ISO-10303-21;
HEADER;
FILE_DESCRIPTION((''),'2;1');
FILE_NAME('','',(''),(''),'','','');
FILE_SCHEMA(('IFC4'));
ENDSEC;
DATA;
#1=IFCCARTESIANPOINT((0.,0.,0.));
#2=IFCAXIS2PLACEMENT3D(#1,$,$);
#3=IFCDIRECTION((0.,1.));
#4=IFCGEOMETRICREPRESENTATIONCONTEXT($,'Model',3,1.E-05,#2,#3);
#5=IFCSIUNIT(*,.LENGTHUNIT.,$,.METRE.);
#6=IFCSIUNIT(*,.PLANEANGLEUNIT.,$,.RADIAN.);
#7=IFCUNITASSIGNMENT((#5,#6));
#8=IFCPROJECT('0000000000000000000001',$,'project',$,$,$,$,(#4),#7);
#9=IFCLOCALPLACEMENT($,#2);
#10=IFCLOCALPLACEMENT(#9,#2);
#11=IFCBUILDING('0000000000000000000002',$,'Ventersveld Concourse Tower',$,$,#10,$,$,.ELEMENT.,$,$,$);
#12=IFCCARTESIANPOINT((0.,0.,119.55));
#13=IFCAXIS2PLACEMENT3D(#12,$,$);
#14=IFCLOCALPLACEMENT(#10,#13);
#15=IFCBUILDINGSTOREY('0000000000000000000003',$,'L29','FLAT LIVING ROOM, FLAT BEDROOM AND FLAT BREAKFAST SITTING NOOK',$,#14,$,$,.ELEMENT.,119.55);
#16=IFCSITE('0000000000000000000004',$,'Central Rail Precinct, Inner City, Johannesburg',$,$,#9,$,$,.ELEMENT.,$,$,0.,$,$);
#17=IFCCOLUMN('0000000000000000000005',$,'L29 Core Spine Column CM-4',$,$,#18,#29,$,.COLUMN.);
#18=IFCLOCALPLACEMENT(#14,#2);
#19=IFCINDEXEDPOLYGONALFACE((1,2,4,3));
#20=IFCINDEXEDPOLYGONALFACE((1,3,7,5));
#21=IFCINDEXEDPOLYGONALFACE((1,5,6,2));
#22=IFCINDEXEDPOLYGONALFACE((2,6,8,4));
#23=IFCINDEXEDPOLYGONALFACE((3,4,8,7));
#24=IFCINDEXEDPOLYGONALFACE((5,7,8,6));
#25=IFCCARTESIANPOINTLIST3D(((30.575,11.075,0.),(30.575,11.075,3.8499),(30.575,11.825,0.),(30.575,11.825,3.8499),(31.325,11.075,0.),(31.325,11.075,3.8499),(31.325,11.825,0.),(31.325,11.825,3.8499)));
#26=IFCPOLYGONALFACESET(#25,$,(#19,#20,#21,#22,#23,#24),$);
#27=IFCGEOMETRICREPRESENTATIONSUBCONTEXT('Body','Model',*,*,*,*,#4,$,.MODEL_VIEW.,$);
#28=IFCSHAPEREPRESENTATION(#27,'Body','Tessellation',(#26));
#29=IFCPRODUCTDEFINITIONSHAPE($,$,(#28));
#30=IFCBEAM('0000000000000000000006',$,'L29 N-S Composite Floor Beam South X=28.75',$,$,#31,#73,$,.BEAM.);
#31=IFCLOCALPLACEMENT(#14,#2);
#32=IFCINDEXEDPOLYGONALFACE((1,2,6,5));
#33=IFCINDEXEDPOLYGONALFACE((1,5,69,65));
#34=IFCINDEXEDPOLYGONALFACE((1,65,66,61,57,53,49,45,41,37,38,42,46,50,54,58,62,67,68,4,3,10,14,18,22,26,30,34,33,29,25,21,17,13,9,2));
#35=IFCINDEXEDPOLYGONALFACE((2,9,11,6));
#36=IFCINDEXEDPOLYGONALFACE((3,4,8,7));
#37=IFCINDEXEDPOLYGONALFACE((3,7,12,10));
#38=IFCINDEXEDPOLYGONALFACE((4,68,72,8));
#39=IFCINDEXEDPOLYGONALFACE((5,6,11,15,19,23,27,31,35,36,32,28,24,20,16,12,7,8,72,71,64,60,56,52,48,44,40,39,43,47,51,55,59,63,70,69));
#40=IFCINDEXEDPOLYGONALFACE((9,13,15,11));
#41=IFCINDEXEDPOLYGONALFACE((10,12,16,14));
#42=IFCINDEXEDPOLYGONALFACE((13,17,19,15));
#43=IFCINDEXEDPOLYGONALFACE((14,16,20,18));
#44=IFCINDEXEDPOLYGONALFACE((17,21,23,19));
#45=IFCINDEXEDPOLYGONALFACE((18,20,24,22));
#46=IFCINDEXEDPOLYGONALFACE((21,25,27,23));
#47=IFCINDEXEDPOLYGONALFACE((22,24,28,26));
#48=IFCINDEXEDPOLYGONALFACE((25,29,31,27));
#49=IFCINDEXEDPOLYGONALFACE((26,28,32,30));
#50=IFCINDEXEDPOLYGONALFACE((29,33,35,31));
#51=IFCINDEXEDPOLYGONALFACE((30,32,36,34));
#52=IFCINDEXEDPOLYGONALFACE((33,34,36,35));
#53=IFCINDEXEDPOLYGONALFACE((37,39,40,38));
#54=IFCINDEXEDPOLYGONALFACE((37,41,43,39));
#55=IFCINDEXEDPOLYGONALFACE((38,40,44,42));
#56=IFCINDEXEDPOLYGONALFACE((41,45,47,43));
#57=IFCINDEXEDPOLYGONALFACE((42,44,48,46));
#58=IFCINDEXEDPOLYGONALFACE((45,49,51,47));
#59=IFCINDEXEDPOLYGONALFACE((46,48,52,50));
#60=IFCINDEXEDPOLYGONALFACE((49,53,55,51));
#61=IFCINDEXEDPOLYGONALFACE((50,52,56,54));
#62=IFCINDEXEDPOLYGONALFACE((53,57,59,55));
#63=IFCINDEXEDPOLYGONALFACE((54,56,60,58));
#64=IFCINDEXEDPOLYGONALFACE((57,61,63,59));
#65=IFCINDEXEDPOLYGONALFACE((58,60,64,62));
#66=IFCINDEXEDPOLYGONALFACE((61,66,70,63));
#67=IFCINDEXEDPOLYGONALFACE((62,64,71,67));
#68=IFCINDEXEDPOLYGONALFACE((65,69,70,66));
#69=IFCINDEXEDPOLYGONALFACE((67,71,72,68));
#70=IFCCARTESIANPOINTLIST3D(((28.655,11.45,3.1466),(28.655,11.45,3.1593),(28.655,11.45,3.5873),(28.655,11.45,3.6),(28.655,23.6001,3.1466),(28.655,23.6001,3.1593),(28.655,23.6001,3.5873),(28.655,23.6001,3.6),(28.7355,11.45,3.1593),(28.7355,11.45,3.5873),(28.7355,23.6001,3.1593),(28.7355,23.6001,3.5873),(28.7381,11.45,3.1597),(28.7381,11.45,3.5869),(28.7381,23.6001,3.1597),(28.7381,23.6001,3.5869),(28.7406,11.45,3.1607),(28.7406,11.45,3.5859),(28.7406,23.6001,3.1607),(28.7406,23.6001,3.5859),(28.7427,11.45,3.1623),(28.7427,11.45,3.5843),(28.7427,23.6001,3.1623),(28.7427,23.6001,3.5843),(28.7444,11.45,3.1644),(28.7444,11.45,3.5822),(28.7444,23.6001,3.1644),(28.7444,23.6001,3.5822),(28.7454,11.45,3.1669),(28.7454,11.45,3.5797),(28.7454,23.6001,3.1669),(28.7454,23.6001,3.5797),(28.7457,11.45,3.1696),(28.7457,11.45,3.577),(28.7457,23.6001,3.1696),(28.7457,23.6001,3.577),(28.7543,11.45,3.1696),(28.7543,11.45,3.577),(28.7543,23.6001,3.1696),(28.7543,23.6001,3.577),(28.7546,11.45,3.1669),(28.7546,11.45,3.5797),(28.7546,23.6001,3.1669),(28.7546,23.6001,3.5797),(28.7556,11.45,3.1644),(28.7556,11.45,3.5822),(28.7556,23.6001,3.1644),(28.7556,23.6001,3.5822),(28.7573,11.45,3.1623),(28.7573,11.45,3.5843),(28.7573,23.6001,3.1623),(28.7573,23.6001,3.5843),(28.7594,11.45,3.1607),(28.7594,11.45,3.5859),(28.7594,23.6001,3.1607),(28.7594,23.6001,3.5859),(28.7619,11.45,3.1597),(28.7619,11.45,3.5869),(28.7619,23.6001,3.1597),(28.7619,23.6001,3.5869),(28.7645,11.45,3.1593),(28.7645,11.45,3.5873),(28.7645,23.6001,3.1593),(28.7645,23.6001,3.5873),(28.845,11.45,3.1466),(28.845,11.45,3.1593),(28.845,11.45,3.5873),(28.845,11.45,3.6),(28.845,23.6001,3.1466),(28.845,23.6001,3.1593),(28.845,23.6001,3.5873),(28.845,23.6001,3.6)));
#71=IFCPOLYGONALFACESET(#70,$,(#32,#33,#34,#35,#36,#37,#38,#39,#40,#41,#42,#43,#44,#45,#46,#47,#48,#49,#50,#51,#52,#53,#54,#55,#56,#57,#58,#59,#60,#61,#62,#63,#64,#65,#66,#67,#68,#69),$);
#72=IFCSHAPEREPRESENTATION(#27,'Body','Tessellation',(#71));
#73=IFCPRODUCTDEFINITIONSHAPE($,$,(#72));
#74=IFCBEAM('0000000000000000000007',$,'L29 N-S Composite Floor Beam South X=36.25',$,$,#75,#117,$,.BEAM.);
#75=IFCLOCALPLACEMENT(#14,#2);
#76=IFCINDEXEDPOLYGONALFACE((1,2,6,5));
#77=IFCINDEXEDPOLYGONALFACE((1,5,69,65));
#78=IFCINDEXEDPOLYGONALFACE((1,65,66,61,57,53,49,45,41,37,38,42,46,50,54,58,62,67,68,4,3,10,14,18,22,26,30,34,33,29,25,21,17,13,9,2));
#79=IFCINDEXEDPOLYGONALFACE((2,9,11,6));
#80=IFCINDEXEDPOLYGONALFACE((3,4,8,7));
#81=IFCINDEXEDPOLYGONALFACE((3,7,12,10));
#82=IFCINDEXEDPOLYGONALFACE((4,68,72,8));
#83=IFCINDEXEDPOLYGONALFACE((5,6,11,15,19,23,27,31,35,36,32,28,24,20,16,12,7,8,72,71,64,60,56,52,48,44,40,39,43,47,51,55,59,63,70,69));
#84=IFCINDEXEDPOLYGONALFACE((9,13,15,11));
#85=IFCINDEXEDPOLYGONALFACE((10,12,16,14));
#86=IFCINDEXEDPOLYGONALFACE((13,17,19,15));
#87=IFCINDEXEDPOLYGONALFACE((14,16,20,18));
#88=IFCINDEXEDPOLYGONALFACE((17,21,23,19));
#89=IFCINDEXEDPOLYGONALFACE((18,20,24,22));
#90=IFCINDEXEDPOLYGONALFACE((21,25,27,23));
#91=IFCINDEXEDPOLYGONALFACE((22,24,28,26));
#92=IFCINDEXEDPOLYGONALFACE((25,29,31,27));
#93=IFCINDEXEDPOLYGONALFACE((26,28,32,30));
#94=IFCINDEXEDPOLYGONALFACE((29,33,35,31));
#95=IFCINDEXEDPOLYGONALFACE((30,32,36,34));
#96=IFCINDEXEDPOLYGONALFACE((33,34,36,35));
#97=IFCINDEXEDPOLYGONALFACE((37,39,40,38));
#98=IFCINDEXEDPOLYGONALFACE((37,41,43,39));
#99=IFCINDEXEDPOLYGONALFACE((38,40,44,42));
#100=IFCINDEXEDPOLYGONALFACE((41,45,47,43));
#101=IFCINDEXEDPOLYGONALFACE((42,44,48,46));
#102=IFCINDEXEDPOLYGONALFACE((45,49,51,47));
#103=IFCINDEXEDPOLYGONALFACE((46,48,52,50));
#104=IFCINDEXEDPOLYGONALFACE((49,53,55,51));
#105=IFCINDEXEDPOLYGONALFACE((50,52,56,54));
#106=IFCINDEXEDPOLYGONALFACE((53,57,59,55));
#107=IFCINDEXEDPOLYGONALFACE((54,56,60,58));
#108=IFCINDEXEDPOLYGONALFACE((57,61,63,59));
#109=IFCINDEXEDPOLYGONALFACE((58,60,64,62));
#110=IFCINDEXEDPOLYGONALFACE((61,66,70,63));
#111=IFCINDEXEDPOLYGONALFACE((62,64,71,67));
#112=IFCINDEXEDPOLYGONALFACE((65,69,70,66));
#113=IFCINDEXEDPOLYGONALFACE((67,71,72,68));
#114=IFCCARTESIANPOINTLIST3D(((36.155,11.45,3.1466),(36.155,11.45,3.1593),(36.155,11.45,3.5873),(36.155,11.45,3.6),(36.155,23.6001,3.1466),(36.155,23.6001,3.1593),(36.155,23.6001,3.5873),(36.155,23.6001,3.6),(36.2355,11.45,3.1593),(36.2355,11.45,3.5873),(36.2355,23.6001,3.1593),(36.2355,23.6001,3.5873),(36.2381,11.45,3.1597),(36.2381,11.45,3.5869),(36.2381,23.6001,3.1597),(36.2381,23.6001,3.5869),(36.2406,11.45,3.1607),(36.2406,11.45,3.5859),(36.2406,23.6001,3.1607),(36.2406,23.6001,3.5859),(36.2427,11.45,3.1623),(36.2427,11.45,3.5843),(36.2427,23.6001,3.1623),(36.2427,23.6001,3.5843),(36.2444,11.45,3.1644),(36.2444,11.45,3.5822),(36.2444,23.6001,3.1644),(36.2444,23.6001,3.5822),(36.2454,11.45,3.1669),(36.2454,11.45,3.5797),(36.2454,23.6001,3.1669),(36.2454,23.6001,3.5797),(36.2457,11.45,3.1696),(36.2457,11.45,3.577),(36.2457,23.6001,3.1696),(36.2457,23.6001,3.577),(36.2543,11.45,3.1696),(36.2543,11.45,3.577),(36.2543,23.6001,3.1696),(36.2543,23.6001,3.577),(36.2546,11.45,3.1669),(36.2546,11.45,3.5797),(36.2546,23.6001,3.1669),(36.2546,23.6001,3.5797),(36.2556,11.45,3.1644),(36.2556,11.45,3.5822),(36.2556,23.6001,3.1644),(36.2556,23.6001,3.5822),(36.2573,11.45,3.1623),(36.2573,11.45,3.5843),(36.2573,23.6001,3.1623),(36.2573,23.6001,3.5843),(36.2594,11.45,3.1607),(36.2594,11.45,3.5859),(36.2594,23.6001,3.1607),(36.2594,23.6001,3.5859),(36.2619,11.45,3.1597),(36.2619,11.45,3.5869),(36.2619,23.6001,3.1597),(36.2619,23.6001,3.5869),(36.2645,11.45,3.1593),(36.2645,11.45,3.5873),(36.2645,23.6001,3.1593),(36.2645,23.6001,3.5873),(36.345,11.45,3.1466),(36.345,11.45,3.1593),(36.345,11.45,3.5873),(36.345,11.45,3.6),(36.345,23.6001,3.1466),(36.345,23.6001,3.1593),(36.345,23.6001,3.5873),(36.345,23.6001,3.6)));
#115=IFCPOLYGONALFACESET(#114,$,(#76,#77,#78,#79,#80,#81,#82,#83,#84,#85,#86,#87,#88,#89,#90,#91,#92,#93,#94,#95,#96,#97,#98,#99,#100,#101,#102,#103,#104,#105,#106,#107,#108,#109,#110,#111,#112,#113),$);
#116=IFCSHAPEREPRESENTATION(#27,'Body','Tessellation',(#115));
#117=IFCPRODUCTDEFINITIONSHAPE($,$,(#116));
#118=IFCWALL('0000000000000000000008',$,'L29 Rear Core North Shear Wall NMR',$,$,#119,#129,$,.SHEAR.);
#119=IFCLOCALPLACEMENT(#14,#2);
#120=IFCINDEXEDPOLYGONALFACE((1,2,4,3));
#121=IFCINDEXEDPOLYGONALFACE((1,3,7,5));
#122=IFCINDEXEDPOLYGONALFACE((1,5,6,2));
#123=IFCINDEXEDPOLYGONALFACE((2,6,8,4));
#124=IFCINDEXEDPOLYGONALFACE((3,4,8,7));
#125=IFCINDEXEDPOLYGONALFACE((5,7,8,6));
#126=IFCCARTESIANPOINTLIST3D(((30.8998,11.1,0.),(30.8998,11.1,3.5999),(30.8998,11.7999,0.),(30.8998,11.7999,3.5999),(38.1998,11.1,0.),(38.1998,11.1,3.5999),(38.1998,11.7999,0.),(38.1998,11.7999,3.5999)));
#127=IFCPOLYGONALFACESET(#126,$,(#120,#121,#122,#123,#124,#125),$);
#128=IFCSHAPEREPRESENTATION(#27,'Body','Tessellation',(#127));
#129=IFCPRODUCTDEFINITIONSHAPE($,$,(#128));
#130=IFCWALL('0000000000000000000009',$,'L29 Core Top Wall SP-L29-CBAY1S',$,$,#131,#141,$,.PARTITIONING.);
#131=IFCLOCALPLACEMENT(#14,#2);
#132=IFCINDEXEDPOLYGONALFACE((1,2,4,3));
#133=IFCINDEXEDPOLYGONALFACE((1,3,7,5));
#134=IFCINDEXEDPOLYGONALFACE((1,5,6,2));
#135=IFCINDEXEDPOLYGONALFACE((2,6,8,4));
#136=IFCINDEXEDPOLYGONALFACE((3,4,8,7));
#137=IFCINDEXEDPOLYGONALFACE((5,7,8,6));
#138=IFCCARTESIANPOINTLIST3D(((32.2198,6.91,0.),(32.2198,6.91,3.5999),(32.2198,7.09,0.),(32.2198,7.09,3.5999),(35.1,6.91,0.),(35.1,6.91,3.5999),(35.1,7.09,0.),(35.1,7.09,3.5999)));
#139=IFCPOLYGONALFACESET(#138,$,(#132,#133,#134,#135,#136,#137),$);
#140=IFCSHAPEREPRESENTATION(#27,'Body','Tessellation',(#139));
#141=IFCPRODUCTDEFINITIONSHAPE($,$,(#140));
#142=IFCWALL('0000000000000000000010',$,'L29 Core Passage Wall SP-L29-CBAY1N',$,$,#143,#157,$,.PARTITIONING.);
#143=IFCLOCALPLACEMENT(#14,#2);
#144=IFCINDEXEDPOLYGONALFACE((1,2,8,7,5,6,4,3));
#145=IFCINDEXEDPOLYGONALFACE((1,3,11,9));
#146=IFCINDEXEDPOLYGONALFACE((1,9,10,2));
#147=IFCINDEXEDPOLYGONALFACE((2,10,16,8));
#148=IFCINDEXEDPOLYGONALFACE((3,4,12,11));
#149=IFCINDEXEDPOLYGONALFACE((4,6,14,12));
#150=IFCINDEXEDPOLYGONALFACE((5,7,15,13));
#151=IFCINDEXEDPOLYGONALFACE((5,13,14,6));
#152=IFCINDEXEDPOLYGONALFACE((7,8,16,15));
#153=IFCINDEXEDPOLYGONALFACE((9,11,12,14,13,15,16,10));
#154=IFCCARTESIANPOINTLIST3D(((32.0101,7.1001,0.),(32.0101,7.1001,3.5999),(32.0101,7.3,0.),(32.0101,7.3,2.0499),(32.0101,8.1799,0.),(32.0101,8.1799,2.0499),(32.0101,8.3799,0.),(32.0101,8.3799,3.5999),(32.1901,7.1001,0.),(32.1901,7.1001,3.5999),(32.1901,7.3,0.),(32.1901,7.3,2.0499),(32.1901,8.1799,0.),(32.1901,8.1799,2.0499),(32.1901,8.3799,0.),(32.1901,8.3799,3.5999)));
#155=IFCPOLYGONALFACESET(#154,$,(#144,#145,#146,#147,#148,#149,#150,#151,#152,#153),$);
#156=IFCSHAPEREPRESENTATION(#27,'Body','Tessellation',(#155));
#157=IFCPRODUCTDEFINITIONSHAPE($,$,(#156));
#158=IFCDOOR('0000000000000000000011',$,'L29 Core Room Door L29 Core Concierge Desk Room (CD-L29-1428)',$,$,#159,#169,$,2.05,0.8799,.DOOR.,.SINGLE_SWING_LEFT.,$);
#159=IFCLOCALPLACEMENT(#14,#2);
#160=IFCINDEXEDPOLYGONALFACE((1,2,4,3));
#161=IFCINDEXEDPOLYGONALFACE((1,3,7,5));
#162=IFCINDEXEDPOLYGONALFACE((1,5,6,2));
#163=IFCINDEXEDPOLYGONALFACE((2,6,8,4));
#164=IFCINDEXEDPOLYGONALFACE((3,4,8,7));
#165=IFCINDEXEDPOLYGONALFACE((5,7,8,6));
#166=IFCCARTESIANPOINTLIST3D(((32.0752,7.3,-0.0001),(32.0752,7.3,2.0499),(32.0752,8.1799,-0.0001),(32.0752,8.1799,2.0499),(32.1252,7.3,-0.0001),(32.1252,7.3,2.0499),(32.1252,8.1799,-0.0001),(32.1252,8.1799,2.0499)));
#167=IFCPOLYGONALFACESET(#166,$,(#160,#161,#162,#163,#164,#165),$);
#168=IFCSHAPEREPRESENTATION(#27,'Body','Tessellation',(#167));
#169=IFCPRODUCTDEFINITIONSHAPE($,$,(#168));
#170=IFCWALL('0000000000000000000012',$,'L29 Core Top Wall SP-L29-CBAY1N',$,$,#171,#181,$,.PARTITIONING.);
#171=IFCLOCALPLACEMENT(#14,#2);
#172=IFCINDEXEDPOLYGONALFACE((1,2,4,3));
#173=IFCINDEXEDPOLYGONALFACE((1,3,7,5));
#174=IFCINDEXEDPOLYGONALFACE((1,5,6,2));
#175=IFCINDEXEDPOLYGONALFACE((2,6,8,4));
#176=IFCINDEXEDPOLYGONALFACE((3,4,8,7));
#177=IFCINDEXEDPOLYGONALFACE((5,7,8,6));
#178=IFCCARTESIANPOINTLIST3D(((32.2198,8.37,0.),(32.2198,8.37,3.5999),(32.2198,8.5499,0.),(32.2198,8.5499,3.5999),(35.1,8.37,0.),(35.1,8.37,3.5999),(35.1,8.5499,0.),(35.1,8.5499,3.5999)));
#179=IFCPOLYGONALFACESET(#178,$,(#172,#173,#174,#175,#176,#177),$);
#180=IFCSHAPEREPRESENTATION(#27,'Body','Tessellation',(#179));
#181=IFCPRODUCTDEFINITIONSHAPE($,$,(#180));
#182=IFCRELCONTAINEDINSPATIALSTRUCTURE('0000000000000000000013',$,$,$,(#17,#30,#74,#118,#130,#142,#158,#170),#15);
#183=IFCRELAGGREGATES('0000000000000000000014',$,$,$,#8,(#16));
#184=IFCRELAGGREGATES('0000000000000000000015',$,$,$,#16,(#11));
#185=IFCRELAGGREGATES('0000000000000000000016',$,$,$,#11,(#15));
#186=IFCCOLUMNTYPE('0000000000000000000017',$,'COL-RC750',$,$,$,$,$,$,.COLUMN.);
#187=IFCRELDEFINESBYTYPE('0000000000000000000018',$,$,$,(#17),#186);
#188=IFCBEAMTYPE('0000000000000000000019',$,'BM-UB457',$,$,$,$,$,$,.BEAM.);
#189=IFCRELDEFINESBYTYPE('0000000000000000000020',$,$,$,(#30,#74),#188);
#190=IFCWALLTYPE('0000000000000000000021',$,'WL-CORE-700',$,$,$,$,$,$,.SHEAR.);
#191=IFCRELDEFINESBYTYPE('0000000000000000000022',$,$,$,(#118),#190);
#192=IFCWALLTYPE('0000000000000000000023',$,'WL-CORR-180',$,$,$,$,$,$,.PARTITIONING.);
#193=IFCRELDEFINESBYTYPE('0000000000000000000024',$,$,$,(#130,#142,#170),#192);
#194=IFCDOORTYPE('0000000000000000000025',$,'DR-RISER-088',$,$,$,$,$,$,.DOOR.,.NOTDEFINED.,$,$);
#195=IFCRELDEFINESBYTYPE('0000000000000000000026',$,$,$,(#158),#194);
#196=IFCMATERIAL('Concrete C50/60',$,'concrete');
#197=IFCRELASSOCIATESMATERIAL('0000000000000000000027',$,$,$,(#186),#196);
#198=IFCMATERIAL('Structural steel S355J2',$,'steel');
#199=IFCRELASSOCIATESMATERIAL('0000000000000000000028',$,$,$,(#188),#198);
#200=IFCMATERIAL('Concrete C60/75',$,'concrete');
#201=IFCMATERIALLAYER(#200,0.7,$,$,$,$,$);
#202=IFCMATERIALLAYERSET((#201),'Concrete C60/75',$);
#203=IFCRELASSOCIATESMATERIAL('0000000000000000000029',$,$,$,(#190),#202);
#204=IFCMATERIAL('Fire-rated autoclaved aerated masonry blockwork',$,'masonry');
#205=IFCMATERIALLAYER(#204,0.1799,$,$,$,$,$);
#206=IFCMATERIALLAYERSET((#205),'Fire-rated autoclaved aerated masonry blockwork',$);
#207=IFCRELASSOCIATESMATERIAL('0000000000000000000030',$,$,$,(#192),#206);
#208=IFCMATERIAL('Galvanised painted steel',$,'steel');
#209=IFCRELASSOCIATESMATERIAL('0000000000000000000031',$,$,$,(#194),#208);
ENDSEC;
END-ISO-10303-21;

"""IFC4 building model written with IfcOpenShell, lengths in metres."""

from ifc_helpers import new_model, si_unit, direction, frame, frame_2d, origin, origin_2d, place, context, subcontext, project, spatial, rectangle, i_section, extrude, material, layer, layer_set, material_profile, profile_set, type_object, element, fill, save


model = new_model("IFC4")

# Units and contexts
model_context = context("Model", 3, precision=1e-05, world=origin(), true_north=direction((0.0, 1.0)))
body_context = subcontext(model_context, "Body", "Model", "MODEL_VIEW")
ifc_project = project(units=[si_unit("LENGTHUNIT", "METRE"), si_unit("PLANEANGLEUNIT", "RADIAN")], contexts=[model_context])

# Site, building, storey
site_placement = place(None, origin())
site = spatial("IfcSite", under=ifc_project, at=site_placement, Name="Central Rail Precinct, Inner City, Johannesburg", CompositionType="ELEMENT", RefElevation=0.0)
building_placement = place(site_placement, origin())
building = spatial("IfcBuilding", under=site, at=building_placement, Name="Ventersveld Concourse Tower", CompositionType="ELEMENT")
storey_placement = place(building_placement, frame((0.0, 0.0, 119.55)))
storey = spatial("IfcBuildingStorey", under=building, at=storey_placement, Name="L29", Description="FLAT LIVING ROOM, FLAT BEDROOM AND FLAT BREAKFAST SITTING NOOK", CompositionType="ELEMENT", Elevation=119.55)

# Column
ifc_material_1 = material(Name="Concrete C50/60", Category="concrete")
ifc_material_profile_1 = material_profile(ifc_material_1, rectangle(XDim=0.75, YDim=0.75, at=origin_2d()), Name="RC 750x750")
ifc_profile_set_1 = profile_set([ifc_material_profile_1], Name="Concrete C50/60")
column_type = type_object("IfcColumnType", Name="COL-RC750", PredefinedType="COLUMN", material=ifc_profile_set_1)
column_placement = place(storey_placement, frame((30.95, 11.45, 0.0), z_axis=(0.0, 0.0, 1.0), x_axis=(1.0, 0.0, 0.0)))
element("IfcColumn", 1, at=column_placement, inside=storey, type_object=column_type, Name="L29 Core Spine Column CM-4", PredefinedType="COLUMN", context=body_context, shape_type="SweptSolid", body=[
    extrude(rectangle(XDim=0.75, YDim=0.75, at=origin_2d()), origin(), (0.0, 0.0, 1.0), 3.8499),
])

# Beams
ifc_material_2 = material(Name="Structural steel S355J2", Category="steel")
ifc_material_profile_2 = material_profile(ifc_material_2, i_section(OverallWidth=0.1899, OverallDepth=0.4534, WebThickness=0.0085, FlangeThickness=0.0127, FilletRadius=0.0103, at=origin_2d()), Name="UB 457x191x67")
ifc_profile_set_2 = profile_set([ifc_material_profile_2], Name="Structural steel S355J2")
beam_type = type_object("IfcBeamType", Name="BM-UB457", PredefinedType="BEAM", material=ifc_profile_set_2)
for number, where, z_axis, x_axis, name in (
    (2, (28.75, 11.45, 3.3733), (0.0, 1.0, 0.0), (-1.0, 0.0, 0.0), "L29 N-S Composite Floor Beam South X=28.75"),
    (3, (36.25, 11.45, 3.3733), (0.0, 1.0, 0.0), (-1.0, 0.0, 0.0), "L29 N-S Composite Floor Beam South X=36.25"),
):
    element("IfcBeam", number, at=place(storey_placement, frame(where, z_axis=z_axis, x_axis=x_axis)), inside=storey, type_object=beam_type, Name=name, PredefinedType="BEAM", context=body_context, shape_type="SweptSolid", body=[
        extrude(i_section(OverallWidth=0.1899, OverallDepth=0.4534, WebThickness=0.0085, FlangeThickness=0.0127, FilletRadius=0.0103, at=origin_2d()), origin(), (0.0, 0.0, 1.0), 12.1501),
    ])

# Walls
ifc_material_3 = material(Name="Concrete C60/75", Category="concrete")
ifc_layer_1 = layer(ifc_material_3, 0.7)
ifc_layer_set_1 = layer_set([ifc_layer_1], Name="Concrete C60/75")
wall_type_1 = type_object("IfcWallType", Name="WL-CORE-700", PredefinedType="SHEAR", material=ifc_layer_set_1)
wall_1_placement = place(storey_placement, frame((30.8999, 11.45, 0.0), z_axis=(0.0, 0.0, 1.0), x_axis=(1.0, 0.0, 0.0)))
element("IfcWall", 4, at=wall_1_placement, inside=storey, type_object=wall_type_1, Name="L29 Rear Core North Shear Wall NMR", PredefinedType="SHEAR", context=body_context, shape_type="SweptSolid", body=[
    extrude(rectangle(XDim=7.3, YDim=0.7, at=frame_2d((3.6499, 0.0))), origin(), (0.0, 0.0, 1.0), 3.5999),
])
ifc_material_4 = material(Name="Fire-rated autoclaved aerated masonry blockwork", Category="masonry")
ifc_layer_2 = layer(ifc_material_4, 0.1799)
ifc_layer_set_2 = layer_set([ifc_layer_2], Name="Fire-rated autoclaved aerated masonry blockwork")
wall_type_2 = type_object("IfcWallType", Name="WL-CORR-180", PredefinedType="PARTITIONING", material=ifc_layer_set_2)
wall_2_placement = place(storey_placement, frame((32.22, 7.0, 0.0), z_axis=(0.0, 0.0, 1.0), x_axis=(1.0, 0.0, 0.0)))
element("IfcWall", 5, at=wall_2_placement, inside=storey, type_object=wall_type_2, Name="L29 Core Top Wall SP-L29-CBAY1S", PredefinedType="PARTITIONING", context=body_context, shape_type="SweptSolid", body=[
    extrude(rectangle(XDim=2.8801, YDim=0.1799, at=frame_2d((1.4399, 0.0))), origin(), (0.0, 0.0, 1.0), 3.5999),
])

# Wall, opening, door
wall_3_placement = place(storey_placement, frame((32.1001, 7.1001, 0.0), z_axis=(0.0, 0.0, 1.0), x_axis=(0.0, 1.0, 0.0)))
wall_3 = element("IfcWall", 6, at=wall_3_placement, inside=storey, type_object=wall_type_2, Name="L29 Core Passage Wall SP-L29-CBAY1N", PredefinedType="PARTITIONING", context=body_context, shape_type="SweptSolid", body=[
    extrude(rectangle(XDim=1.2798, YDim=0.1799, at=frame_2d((0.6399, 0.0))), origin(), (0.0, 0.0, 1.0), 3.5999),
])
opening_1_placement = place(wall_3_placement, frame((0.2, 0.0, 0.0)))
opening_1 = element("IfcOpeningElement", 7, at=opening_1_placement, cuts=wall_3, PredefinedType="OPENING", context=body_context, shape_type="SweptSolid", body=[
    extrude(rectangle(XDim=0.8799, YDim=2.05, at=frame_2d((0.4399, 1.0249))), frame((0.0, 0.1001, 0.0), z_axis=(0.0, -1.0, 0.0), x_axis=(1.0, 0.0, 0.0)), (0.0, 0.0, 1.0), 0.2),
])
ifc_material_5 = material(Name="Galvanised painted steel", Category="steel")
door_type_1 = type_object("IfcDoorType", Name="DR-RISER-088", OperationType="NOTDEFINED", PredefinedType="DOOR", material=ifc_material_5)
door_1_placement = place(opening_1_placement, origin())
door_1 = element("IfcDoor", 8, at=door_1_placement, inside=storey, type_object=door_type_1, Name="L29 Core Room Door L29 Core Concierge Desk Room (CD-L29-1428)", OperationType="SINGLE_SWING_LEFT", OverallHeight=2.05, OverallWidth=0.8799, PredefinedType="DOOR", context=body_context, shape_type="SweptSolid", body=[
    extrude(rectangle(XDim=0.8799, YDim=2.05, at=frame_2d((0.4399, 1.0249))), frame((0.0, 0.0249, 0.0), z_axis=(0.0, -1.0, 0.0), x_axis=(1.0, 0.0, 0.0)), (0.0, 0.0, 1.0), 0.05),
])
fill(opening_1, door_1)

# Wall
wall_4_placement = place(storey_placement, frame((32.22, 8.46, 0.0), z_axis=(0.0, 0.0, 1.0), x_axis=(1.0, 0.0, 0.0)))
element("IfcWall", 9, at=wall_4_placement, inside=storey, type_object=wall_type_2, Name="L29 Core Top Wall SP-L29-CBAY1N", PredefinedType="PARTITIONING", context=body_context, shape_type="SweptSolid", body=[
    extrude(rectangle(XDim=2.8801, YDim=0.1799, at=frame_2d((1.4399, 0.0))), origin(), (0.0, 0.0, 1.0), 3.5999),
])

save(model, "model.ifc")
